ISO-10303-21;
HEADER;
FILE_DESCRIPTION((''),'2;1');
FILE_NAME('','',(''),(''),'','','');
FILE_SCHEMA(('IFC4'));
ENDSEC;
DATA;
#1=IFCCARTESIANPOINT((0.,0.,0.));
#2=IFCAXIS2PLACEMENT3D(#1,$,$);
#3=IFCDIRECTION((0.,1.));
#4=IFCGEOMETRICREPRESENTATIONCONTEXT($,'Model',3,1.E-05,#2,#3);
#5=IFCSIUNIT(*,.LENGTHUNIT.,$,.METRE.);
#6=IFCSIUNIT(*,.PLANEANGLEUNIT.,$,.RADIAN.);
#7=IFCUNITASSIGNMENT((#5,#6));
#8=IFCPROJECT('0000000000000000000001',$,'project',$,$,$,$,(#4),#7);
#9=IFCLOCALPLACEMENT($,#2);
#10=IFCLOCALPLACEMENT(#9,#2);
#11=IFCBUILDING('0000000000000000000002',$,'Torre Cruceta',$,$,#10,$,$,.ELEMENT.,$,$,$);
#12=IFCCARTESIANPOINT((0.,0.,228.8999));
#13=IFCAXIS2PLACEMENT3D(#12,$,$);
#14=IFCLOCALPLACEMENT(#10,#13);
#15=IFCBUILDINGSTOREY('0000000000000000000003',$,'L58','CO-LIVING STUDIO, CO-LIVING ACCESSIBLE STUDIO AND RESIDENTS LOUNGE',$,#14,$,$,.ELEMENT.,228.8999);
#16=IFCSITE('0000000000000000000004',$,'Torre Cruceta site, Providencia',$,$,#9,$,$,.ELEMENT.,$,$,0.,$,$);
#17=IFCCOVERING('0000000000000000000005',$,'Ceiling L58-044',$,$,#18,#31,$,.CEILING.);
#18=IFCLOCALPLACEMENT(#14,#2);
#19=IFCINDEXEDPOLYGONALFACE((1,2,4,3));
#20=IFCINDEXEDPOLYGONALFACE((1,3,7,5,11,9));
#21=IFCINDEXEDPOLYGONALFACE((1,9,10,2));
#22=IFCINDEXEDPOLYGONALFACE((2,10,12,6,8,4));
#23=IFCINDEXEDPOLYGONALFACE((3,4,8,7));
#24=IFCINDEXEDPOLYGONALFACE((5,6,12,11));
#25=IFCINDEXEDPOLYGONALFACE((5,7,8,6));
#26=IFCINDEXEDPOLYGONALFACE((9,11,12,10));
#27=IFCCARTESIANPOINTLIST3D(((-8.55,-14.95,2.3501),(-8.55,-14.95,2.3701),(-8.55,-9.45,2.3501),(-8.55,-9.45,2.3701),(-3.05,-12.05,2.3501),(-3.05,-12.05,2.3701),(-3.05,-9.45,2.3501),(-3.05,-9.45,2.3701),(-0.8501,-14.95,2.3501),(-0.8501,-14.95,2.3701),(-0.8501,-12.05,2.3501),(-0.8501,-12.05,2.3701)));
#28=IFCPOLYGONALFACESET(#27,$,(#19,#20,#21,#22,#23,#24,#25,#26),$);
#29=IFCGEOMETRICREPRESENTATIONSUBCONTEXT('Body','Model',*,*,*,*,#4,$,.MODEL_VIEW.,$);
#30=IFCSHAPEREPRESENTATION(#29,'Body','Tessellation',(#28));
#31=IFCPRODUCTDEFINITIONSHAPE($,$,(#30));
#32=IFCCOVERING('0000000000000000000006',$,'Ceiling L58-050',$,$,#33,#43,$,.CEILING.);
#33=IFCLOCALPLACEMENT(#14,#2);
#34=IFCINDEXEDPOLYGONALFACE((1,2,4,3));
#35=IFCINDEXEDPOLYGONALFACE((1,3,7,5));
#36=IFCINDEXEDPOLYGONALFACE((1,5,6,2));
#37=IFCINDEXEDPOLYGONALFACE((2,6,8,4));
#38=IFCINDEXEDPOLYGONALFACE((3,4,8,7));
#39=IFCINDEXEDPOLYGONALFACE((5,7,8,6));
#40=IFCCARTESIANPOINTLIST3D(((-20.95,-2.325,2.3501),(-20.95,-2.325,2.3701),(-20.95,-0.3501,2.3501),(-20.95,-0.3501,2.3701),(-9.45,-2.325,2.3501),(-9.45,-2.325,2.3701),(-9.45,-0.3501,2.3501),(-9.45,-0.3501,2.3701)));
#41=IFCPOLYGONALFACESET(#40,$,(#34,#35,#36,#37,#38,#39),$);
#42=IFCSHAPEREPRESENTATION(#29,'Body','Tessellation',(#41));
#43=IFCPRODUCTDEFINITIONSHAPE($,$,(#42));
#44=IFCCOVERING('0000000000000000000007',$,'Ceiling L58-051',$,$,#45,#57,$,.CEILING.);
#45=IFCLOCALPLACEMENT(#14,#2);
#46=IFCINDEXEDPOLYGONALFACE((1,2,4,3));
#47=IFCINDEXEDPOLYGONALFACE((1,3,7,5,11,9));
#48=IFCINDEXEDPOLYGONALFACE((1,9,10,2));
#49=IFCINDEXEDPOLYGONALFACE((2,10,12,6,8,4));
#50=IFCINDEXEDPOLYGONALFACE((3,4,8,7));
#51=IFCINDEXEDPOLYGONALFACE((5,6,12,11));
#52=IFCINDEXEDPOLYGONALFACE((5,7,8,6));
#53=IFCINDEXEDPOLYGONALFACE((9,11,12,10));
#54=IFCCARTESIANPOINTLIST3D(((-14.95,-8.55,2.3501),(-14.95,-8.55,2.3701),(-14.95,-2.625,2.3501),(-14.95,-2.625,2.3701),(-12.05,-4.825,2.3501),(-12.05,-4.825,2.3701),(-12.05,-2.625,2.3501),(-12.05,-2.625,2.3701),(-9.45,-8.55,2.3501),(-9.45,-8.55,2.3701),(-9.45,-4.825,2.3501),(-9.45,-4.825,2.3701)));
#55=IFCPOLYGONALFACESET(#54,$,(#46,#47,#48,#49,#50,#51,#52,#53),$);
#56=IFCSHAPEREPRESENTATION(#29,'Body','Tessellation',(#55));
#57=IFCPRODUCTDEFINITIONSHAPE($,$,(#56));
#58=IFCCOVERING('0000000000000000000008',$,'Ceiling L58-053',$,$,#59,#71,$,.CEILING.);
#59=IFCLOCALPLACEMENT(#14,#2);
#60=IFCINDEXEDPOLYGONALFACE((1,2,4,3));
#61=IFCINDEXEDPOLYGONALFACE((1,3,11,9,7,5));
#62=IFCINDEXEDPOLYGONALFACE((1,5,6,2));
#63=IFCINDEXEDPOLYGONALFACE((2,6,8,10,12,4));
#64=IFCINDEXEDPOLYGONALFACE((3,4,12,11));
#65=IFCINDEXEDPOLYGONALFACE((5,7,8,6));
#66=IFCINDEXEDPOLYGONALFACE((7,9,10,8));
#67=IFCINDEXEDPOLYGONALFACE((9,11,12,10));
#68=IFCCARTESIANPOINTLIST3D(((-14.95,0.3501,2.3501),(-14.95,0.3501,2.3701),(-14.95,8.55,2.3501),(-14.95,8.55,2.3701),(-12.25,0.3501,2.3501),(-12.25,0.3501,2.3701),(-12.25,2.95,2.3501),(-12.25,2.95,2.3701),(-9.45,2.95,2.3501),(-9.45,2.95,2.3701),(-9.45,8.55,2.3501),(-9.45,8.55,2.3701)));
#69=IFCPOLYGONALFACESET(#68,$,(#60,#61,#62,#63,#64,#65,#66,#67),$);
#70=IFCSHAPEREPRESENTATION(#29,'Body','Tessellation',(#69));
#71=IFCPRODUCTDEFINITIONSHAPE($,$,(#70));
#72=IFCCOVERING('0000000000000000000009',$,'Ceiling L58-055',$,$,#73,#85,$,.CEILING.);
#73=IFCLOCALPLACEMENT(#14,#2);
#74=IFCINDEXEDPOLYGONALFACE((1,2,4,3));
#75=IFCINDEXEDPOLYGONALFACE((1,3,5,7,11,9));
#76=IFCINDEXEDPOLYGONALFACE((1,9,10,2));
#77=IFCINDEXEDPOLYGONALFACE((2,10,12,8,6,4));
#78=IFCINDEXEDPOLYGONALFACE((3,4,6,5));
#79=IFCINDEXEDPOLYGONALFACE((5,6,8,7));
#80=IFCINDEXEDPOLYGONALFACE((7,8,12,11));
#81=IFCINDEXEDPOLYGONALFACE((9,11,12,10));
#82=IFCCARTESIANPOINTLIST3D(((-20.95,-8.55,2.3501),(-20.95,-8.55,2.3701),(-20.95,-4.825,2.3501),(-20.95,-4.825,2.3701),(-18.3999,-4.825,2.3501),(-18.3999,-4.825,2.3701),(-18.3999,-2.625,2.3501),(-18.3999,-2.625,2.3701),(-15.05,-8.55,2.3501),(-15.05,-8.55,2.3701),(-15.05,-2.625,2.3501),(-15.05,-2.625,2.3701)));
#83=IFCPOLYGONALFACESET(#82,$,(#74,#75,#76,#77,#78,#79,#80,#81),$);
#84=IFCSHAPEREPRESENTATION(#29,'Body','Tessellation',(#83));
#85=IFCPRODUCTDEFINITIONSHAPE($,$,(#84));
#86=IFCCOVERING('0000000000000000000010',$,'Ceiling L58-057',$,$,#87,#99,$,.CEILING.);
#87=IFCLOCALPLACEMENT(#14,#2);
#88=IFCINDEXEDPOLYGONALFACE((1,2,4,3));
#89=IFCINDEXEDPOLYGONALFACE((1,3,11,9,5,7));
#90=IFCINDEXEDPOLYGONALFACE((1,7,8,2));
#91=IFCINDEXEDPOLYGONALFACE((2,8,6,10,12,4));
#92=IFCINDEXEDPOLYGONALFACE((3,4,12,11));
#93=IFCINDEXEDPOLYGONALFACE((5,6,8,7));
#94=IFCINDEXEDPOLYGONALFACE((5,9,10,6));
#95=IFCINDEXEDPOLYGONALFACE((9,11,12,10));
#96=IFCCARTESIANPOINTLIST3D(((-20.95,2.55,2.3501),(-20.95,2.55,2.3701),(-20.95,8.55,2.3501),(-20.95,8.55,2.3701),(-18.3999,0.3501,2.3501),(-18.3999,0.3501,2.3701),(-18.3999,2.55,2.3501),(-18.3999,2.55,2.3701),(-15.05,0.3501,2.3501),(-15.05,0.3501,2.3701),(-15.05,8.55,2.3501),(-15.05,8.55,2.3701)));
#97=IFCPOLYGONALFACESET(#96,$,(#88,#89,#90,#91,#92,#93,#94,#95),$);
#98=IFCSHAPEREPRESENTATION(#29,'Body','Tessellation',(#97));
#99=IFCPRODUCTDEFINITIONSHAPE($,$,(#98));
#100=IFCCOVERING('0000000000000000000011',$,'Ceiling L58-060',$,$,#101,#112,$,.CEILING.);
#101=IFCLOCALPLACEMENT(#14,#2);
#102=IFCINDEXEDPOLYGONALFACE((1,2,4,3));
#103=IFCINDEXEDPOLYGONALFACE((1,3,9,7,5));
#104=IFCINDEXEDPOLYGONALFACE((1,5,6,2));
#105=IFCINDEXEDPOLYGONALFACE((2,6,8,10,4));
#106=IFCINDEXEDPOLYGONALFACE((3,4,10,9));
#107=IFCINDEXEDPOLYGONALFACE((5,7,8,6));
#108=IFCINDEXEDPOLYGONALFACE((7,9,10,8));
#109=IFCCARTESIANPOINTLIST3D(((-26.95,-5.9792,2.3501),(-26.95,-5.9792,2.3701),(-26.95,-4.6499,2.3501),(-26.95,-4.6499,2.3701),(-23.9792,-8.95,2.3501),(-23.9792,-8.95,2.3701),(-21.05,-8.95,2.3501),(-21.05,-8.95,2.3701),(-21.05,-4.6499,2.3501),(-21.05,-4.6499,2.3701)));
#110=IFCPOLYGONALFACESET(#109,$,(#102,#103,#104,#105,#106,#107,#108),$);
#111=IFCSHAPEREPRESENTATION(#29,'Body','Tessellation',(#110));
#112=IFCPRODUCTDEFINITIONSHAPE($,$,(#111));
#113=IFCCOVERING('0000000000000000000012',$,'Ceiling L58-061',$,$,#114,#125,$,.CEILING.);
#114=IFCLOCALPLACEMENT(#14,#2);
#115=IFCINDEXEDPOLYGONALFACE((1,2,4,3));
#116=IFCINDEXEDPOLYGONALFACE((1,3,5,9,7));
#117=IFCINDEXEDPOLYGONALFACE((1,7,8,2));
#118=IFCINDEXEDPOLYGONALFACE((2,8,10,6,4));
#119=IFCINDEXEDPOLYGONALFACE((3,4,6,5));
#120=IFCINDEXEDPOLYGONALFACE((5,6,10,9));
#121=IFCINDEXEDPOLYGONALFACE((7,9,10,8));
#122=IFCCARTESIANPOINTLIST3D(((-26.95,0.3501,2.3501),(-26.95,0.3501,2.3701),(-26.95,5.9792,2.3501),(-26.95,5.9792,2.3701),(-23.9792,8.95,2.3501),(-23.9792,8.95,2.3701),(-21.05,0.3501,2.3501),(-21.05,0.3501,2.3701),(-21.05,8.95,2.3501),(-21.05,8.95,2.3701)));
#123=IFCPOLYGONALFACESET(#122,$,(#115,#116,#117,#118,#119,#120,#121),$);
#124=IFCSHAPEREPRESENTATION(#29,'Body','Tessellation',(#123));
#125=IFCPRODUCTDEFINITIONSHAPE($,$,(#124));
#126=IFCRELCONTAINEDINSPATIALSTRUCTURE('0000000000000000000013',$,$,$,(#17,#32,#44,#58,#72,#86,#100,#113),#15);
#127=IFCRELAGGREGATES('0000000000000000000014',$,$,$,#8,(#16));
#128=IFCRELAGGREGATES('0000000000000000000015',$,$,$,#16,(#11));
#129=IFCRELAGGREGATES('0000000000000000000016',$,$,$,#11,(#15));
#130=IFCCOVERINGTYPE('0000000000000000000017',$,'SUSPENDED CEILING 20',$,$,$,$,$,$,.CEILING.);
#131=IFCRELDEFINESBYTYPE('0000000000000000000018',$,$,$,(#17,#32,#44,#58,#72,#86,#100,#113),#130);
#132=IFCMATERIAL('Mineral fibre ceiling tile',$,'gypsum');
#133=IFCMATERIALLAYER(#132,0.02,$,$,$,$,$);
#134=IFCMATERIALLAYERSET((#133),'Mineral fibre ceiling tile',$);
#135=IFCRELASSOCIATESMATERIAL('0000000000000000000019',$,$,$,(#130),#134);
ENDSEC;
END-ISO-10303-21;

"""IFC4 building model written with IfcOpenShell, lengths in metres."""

from ifc_helpers import new_model, si_unit, direction, frame, origin, place, context, subcontext, project, spatial, polyline, outline, extrude, material, layer, layer_set, type_object, element, save


model = new_model("IFC4")

# Units and contexts
model_context = context("Model", 3, precision=1e-05, world=origin(), true_north=direction((0.0, 1.0)))
body_context = subcontext(model_context, "Body", "Model", "MODEL_VIEW")
ifc_project = project(units=[si_unit("LENGTHUNIT", "METRE"), si_unit("PLANEANGLEUNIT", "RADIAN")], contexts=[model_context])

# Site, building, storey
site_placement = place(None, origin())
site = spatial("IfcSite", under=ifc_project, at=site_placement, Name="Torre Cruceta site, Providencia", CompositionType="ELEMENT", RefElevation=0.0)
building_placement = place(site_placement, origin())
building = spatial("IfcBuilding", under=site, at=building_placement, Name="Torre Cruceta", CompositionType="ELEMENT")
storey_placement = place(building_placement, frame((0.0, 0.0, 228.8999)))
storey = spatial("IfcBuildingStorey", under=building, at=storey_placement, Name="L58", Description="CO-LIVING STUDIO, CO-LIVING ACCESSIBLE STUDIO AND RESIDENTS LOUNGE", CompositionType="ELEMENT", Elevation=228.8999)

# Coverings
ifc_material_1 = material(Name="Mineral fibre ceiling tile", Category="gypsum")
ifc_layer_1 = layer(ifc_material_1, 0.02)
ifc_layer_set_1 = layer_set([ifc_layer_1], Name="Mineral fibre ceiling tile")
covering_type = type_object("IfcCoveringType", Name="SUSPENDED CEILING 20", PredefinedType="CEILING", material=ifc_layer_set_1)
covering_1_placement = place(storey_placement, frame((0.0, 0.0, 2.3501)))
element("IfcCovering", 1, at=covering_1_placement, inside=storey, type_object=covering_type, Name="Ceiling L58-044", PredefinedType="CEILING", context=body_context, shape_type="SweptSolid", body=[
    extrude(outline(polyline([(-0.8501, -14.95), (-8.55, -14.95), (-8.55, -9.45), (-3.05, -9.45), (-3.05, -12.05), (-0.8501, -12.05), (-0.8501, -14.95)])), origin(), (0.0, 0.0, 1.0), 0.02),
])
covering_2_placement = place(storey_placement, frame((0.0, 0.0, 2.3501)))
element("IfcCovering", 2, at=covering_2_placement, inside=storey, type_object=covering_type, Name="Ceiling L58-050", PredefinedType="CEILING", context=body_context, shape_type="SweptSolid", body=[
    extrude(outline(polyline([(-9.45, -0.3501), (-9.45, -2.325), (-20.95, -2.325), (-20.95, -0.3501), (-9.45, -0.3501)])), origin(), (0.0, 0.0, 1.0), 0.02),
])
covering_3_placement = place(storey_placement, frame((0.0, 0.0, 2.3501)))
element("IfcCovering", 3, at=covering_3_placement, inside=storey, type_object=covering_type, Name="Ceiling L58-051", PredefinedType="CEILING", context=body_context, shape_type="SweptSolid", body=[
    extrude(outline(polyline([(-9.45, -8.55), (-14.95, -8.55), (-14.95, -2.625), (-12.05, -2.625), (-12.05, -4.825), (-9.45, -4.825), (-9.45, -8.55)])), origin(), (0.0, 0.0, 1.0), 0.02),
])
covering_4_placement = place(storey_placement, frame((0.0, 0.0, 2.3501)))
element("IfcCovering", 4, at=covering_4_placement, inside=storey, type_object=covering_type, Name="Ceiling L58-053", PredefinedType="CEILING", context=body_context, shape_type="SweptSolid", body=[
    extrude(outline(polyline([(-14.95, 0.3501), (-14.95, 8.55), (-9.45, 8.55), (-9.45, 2.95), (-12.25, 2.95), (-12.25, 0.3501), (-14.95, 0.3501)])), origin(), (0.0, 0.0, 1.0), 0.02),
])
covering_5_placement = place(storey_placement, frame((0.0, 0.0, 2.3501)))
element("IfcCovering", 5, at=covering_5_placement, inside=storey, type_object=covering_type, Name="Ceiling L58-055", PredefinedType="CEILING", context=body_context, shape_type="SweptSolid", body=[
    extrude(outline(polyline([(-15.05, -2.625), (-15.05, -8.55), (-20.95, -8.55), (-20.95, -4.825), (-18.3999, -4.825), (-18.3999, -2.625), (-15.05, -2.625)])), origin(), (0.0, 0.0, 1.0), 0.02),
])
covering_6_placement = place(storey_placement, frame((0.0, 0.0, 2.3501)))
element("IfcCovering", 6, at=covering_6_placement, inside=storey, type_object=covering_type, Name="Ceiling L58-057", PredefinedType="CEILING", context=body_context, shape_type="SweptSolid", body=[
    extrude(outline(polyline([(-20.95, 8.55), (-15.05, 8.55), (-15.05, 0.3501), (-18.3999, 0.3501), (-18.3999, 2.55), (-20.95, 2.55), (-20.95, 8.55)])), origin(), (0.0, 0.0, 1.0), 0.02),
])
covering_7_placement = place(storey_placement, frame((0.0, 0.0, 2.3501)))
element("IfcCovering", 7, at=covering_7_placement, inside=storey, type_object=covering_type, Name="Ceiling L58-060", PredefinedType="CEILING", context=body_context, shape_type="SweptSolid", body=[
    extrude(outline(polyline([(-23.9792, -8.95), (-26.95, -5.9792), (-26.95, -4.6499), (-21.05, -4.6499), (-21.05, -8.95), (-23.9792, -8.95)])), origin(), (0.0, 0.0, 1.0), 0.02),
])
covering_8_placement = place(storey_placement, frame((0.0, 0.0, 2.3501)))
element("IfcCovering", 8, at=covering_8_placement, inside=storey, type_object=covering_type, Name="Ceiling L58-061", PredefinedType="CEILING", context=body_context, shape_type="SweptSolid", body=[
    extrude(outline(polyline([(-23.9792, 8.95), (-21.05, 8.95), (-21.05, 0.3501), (-26.95, 0.3501), (-26.95, 5.9792), (-23.9792, 8.95)])), origin(), (0.0, 0.0, 1.0), 0.02),
])

save(model, "model.ifc")
